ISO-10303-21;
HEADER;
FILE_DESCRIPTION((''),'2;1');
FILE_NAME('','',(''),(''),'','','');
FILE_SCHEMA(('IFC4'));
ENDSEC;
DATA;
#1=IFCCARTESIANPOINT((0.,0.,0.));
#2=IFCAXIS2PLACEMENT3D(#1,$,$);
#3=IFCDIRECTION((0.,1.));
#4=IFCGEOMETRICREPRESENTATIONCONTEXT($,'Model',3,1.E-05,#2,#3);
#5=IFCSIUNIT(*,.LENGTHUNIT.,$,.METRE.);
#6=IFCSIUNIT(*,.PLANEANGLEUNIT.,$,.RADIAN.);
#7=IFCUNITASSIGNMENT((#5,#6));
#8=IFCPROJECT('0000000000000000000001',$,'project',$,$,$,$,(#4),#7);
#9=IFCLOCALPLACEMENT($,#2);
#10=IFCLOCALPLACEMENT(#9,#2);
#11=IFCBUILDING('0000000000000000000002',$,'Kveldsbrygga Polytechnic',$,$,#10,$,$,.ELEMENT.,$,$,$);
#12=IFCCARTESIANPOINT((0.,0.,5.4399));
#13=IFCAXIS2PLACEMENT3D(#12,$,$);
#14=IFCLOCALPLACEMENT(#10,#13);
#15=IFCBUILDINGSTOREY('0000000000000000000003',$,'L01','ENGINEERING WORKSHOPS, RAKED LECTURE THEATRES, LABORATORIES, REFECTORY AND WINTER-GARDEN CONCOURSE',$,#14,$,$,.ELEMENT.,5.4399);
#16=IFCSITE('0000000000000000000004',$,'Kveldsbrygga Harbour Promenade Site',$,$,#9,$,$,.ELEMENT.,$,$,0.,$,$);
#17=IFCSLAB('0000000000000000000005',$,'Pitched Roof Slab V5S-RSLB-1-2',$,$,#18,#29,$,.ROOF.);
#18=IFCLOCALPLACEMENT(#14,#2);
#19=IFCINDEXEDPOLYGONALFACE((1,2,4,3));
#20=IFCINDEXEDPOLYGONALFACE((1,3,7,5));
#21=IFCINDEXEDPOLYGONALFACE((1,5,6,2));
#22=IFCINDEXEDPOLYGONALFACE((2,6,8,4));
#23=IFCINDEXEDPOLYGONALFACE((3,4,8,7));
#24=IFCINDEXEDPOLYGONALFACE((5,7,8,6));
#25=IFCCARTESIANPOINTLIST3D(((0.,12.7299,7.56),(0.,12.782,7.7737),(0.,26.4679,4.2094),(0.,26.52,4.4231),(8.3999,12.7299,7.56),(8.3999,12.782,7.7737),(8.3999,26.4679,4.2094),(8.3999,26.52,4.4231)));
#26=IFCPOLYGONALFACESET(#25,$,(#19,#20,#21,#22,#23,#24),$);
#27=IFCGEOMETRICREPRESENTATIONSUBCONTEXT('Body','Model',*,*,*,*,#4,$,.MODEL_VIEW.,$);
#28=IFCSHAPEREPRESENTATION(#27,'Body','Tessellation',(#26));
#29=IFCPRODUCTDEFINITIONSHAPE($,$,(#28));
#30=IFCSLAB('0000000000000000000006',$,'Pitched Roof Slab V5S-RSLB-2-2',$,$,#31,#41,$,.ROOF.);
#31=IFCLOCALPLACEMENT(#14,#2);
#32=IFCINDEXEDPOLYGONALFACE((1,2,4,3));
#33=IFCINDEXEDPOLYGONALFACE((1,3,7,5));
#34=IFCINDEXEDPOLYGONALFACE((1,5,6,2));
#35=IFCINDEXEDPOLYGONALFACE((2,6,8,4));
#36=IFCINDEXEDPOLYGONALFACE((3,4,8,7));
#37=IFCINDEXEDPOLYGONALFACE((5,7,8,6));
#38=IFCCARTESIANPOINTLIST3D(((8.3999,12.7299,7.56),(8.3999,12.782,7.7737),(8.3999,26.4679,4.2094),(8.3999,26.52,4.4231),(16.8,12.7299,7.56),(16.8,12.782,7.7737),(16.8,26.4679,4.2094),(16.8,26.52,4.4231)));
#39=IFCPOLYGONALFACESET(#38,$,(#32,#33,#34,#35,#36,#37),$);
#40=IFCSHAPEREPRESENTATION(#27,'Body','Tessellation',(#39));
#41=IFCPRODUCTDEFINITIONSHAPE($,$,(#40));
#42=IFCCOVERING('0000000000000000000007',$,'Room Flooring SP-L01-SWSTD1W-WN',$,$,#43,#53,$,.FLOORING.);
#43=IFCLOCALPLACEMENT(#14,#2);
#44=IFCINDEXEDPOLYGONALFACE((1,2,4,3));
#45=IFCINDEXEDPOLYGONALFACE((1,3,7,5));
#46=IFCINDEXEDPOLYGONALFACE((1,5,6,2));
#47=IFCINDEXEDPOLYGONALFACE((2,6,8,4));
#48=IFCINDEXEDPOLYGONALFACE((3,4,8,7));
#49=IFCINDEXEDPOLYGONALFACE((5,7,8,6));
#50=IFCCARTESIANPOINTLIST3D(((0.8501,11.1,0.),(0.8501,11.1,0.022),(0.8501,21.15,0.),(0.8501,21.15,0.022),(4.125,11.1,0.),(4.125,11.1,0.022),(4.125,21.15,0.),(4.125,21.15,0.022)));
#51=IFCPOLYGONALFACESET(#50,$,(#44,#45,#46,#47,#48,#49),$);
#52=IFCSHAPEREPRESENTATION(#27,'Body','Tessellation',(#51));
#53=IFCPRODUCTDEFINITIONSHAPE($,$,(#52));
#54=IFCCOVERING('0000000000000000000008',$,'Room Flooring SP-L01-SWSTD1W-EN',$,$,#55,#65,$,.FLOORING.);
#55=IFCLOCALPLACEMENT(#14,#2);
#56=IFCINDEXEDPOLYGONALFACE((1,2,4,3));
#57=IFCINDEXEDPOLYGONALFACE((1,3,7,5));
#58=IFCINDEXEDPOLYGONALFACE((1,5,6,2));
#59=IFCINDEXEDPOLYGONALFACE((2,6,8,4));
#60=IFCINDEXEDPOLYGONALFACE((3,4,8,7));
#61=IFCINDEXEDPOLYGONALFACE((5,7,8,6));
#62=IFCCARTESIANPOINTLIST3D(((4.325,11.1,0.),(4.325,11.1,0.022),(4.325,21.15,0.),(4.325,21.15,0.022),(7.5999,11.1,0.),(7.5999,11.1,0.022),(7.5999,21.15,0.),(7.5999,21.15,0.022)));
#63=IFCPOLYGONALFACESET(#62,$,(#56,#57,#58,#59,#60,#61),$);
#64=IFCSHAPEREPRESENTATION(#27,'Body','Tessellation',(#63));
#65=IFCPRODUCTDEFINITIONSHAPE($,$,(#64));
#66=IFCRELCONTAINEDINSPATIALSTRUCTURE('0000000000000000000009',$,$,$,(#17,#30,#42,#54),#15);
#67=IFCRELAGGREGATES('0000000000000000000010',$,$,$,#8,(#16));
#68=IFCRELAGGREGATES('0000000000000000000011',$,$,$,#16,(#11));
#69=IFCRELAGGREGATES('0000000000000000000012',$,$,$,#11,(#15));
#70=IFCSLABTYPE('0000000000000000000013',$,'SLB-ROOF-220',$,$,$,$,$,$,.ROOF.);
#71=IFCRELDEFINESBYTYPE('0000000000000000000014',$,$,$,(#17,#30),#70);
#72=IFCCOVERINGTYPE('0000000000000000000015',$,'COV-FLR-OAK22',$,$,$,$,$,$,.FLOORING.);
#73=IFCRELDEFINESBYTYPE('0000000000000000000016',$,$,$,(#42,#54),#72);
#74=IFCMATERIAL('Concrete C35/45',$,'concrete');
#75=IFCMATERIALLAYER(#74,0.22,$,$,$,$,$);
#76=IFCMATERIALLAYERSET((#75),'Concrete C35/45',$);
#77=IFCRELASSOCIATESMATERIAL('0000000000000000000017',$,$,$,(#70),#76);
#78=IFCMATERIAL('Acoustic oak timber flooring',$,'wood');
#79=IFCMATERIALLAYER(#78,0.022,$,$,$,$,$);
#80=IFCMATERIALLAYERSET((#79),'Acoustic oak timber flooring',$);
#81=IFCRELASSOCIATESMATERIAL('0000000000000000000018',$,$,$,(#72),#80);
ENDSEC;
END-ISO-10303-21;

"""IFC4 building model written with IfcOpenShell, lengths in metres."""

from ifc_helpers import new_model, si_unit, direction, frame, origin, origin_2d, place, context, subcontext, project, spatial, polyline, rectangle, outline, extrude, material, layer, layer_set, type_object, element, save


model = new_model("IFC4")

# Units and contexts
model_context = context("Model", 3, precision=1e-05, world=origin(), true_north=direction((0.0, 1.0)))
body_context = subcontext(model_context, "Body", "Model", "MODEL_VIEW")
ifc_project = project(units=[si_unit("LENGTHUNIT", "METRE"), si_unit("PLANEANGLEUNIT", "RADIAN")], contexts=[model_context])

# Site, building, storey
site_placement = place(None, origin())
site = spatial("IfcSite", under=ifc_project, at=site_placement, Name="Kveldsbrygga Harbour Promenade Site", CompositionType="ELEMENT", RefElevation=0.0)
building_placement = place(site_placement, origin())
building = spatial("IfcBuilding", under=site, at=building_placement, Name="Kveldsbrygga Polytechnic", CompositionType="ELEMENT")
storey_placement = place(building_placement, frame((0.0, 0.0, 5.4399)))
storey = spatial("IfcBuildingStorey", under=building, at=storey_placement, Name="L01", Description="ENGINEERING WORKSHOPS, RAKED LECTURE THEATRES, LABORATORIES, REFECTORY AND WINTER-GARDEN CONCOURSE", CompositionType="ELEMENT", Elevation=5.4399)

# Slabs
ifc_material_1 = material(Name="Concrete C35/45", Category="concrete")
ifc_layer_1 = layer(ifc_material_1, 0.22)
ifc_layer_set_1 = layer_set([ifc_layer_1], Name="Concrete C35/45")
slab_type = type_object("IfcSlabType", Name="SLB-ROOF-220", PredefinedType="ROOF", material=ifc_layer_set_1)
slab_1_placement = place(storey_placement, frame((0.0, 12.782, 7.7737), z_axis=(0.0, 0.236946, 0.971523), x_axis=(1.0, 0.0, 0.0)))
element("IfcSlab", 1, at=slab_1_placement, inside=storey, type_object=slab_type, Name="Pitched Roof Slab V5S-RSLB-1-2", PredefinedType="ROOF", context=body_context, shape_type="SweptSolid", body=[
    extrude(outline(polyline([(0.0, 0.0), (8.3999, 0.0), (8.3999, 14.1407), (0.0, 14.1407), (0.0, 0.0)])), origin(), (0.0, 0.0, -1.0), 0.22),
])
slab_2_placement = place(storey_placement, frame((8.3999, 12.782, 7.7737), z_axis=(0.0, 0.236946, 0.971523), x_axis=(1.0, 0.0, 0.0)))
element("IfcSlab", 2, at=slab_2_placement, inside=storey, type_object=slab_type, Name="Pitched Roof Slab V5S-RSLB-2-2", PredefinedType="ROOF", context=body_context, shape_type="SweptSolid", body=[
    extrude(outline(polyline([(0.0, 0.0), (8.4001, 0.0), (8.4001, 14.1407), (0.0, 14.1407), (0.0, 0.0)])), origin(), (0.0, 0.0, -1.0), 0.22),
])

# Coverings
ifc_material_2 = material(Name="Acoustic oak timber flooring", Category="wood")
ifc_layer_2 = layer(ifc_material_2, 0.022)
ifc_layer_set_2 = layer_set([ifc_layer_2], Name="Acoustic oak timber flooring")
covering_type = type_object("IfcCoveringType", Name="COV-FLR-OAK22", PredefinedType="FLOORING", material=ifc_layer_set_2)
for number, where, z_axis, x_axis, name in (
    (3, (2.4875, 16.125, 0.0), (0.0, 0.0, 1.0), (1.0, 0.0, 0.0), "Room Flooring SP-L01-SWSTD1W-WN"),
    (4, (5.9624, 16.125, 0.0), (0.0, 0.0, 1.0), (1.0, 0.0, 0.0), "Room Flooring SP-L01-SWSTD1W-EN"),
):
    element("IfcCovering", number, at=place(storey_placement, frame(where, z_axis=z_axis, x_axis=x_axis)), inside=storey, type_object=covering_type, Name=name, PredefinedType="FLOORING", context=body_context, shape_type="SweptSolid", body=[
        extrude(rectangle(XDim=3.2749, YDim=10.05, at=origin_2d()), origin(), (0.0, 0.0, 1.0), 0.022),
    ])

save(model, "model.ifc")
